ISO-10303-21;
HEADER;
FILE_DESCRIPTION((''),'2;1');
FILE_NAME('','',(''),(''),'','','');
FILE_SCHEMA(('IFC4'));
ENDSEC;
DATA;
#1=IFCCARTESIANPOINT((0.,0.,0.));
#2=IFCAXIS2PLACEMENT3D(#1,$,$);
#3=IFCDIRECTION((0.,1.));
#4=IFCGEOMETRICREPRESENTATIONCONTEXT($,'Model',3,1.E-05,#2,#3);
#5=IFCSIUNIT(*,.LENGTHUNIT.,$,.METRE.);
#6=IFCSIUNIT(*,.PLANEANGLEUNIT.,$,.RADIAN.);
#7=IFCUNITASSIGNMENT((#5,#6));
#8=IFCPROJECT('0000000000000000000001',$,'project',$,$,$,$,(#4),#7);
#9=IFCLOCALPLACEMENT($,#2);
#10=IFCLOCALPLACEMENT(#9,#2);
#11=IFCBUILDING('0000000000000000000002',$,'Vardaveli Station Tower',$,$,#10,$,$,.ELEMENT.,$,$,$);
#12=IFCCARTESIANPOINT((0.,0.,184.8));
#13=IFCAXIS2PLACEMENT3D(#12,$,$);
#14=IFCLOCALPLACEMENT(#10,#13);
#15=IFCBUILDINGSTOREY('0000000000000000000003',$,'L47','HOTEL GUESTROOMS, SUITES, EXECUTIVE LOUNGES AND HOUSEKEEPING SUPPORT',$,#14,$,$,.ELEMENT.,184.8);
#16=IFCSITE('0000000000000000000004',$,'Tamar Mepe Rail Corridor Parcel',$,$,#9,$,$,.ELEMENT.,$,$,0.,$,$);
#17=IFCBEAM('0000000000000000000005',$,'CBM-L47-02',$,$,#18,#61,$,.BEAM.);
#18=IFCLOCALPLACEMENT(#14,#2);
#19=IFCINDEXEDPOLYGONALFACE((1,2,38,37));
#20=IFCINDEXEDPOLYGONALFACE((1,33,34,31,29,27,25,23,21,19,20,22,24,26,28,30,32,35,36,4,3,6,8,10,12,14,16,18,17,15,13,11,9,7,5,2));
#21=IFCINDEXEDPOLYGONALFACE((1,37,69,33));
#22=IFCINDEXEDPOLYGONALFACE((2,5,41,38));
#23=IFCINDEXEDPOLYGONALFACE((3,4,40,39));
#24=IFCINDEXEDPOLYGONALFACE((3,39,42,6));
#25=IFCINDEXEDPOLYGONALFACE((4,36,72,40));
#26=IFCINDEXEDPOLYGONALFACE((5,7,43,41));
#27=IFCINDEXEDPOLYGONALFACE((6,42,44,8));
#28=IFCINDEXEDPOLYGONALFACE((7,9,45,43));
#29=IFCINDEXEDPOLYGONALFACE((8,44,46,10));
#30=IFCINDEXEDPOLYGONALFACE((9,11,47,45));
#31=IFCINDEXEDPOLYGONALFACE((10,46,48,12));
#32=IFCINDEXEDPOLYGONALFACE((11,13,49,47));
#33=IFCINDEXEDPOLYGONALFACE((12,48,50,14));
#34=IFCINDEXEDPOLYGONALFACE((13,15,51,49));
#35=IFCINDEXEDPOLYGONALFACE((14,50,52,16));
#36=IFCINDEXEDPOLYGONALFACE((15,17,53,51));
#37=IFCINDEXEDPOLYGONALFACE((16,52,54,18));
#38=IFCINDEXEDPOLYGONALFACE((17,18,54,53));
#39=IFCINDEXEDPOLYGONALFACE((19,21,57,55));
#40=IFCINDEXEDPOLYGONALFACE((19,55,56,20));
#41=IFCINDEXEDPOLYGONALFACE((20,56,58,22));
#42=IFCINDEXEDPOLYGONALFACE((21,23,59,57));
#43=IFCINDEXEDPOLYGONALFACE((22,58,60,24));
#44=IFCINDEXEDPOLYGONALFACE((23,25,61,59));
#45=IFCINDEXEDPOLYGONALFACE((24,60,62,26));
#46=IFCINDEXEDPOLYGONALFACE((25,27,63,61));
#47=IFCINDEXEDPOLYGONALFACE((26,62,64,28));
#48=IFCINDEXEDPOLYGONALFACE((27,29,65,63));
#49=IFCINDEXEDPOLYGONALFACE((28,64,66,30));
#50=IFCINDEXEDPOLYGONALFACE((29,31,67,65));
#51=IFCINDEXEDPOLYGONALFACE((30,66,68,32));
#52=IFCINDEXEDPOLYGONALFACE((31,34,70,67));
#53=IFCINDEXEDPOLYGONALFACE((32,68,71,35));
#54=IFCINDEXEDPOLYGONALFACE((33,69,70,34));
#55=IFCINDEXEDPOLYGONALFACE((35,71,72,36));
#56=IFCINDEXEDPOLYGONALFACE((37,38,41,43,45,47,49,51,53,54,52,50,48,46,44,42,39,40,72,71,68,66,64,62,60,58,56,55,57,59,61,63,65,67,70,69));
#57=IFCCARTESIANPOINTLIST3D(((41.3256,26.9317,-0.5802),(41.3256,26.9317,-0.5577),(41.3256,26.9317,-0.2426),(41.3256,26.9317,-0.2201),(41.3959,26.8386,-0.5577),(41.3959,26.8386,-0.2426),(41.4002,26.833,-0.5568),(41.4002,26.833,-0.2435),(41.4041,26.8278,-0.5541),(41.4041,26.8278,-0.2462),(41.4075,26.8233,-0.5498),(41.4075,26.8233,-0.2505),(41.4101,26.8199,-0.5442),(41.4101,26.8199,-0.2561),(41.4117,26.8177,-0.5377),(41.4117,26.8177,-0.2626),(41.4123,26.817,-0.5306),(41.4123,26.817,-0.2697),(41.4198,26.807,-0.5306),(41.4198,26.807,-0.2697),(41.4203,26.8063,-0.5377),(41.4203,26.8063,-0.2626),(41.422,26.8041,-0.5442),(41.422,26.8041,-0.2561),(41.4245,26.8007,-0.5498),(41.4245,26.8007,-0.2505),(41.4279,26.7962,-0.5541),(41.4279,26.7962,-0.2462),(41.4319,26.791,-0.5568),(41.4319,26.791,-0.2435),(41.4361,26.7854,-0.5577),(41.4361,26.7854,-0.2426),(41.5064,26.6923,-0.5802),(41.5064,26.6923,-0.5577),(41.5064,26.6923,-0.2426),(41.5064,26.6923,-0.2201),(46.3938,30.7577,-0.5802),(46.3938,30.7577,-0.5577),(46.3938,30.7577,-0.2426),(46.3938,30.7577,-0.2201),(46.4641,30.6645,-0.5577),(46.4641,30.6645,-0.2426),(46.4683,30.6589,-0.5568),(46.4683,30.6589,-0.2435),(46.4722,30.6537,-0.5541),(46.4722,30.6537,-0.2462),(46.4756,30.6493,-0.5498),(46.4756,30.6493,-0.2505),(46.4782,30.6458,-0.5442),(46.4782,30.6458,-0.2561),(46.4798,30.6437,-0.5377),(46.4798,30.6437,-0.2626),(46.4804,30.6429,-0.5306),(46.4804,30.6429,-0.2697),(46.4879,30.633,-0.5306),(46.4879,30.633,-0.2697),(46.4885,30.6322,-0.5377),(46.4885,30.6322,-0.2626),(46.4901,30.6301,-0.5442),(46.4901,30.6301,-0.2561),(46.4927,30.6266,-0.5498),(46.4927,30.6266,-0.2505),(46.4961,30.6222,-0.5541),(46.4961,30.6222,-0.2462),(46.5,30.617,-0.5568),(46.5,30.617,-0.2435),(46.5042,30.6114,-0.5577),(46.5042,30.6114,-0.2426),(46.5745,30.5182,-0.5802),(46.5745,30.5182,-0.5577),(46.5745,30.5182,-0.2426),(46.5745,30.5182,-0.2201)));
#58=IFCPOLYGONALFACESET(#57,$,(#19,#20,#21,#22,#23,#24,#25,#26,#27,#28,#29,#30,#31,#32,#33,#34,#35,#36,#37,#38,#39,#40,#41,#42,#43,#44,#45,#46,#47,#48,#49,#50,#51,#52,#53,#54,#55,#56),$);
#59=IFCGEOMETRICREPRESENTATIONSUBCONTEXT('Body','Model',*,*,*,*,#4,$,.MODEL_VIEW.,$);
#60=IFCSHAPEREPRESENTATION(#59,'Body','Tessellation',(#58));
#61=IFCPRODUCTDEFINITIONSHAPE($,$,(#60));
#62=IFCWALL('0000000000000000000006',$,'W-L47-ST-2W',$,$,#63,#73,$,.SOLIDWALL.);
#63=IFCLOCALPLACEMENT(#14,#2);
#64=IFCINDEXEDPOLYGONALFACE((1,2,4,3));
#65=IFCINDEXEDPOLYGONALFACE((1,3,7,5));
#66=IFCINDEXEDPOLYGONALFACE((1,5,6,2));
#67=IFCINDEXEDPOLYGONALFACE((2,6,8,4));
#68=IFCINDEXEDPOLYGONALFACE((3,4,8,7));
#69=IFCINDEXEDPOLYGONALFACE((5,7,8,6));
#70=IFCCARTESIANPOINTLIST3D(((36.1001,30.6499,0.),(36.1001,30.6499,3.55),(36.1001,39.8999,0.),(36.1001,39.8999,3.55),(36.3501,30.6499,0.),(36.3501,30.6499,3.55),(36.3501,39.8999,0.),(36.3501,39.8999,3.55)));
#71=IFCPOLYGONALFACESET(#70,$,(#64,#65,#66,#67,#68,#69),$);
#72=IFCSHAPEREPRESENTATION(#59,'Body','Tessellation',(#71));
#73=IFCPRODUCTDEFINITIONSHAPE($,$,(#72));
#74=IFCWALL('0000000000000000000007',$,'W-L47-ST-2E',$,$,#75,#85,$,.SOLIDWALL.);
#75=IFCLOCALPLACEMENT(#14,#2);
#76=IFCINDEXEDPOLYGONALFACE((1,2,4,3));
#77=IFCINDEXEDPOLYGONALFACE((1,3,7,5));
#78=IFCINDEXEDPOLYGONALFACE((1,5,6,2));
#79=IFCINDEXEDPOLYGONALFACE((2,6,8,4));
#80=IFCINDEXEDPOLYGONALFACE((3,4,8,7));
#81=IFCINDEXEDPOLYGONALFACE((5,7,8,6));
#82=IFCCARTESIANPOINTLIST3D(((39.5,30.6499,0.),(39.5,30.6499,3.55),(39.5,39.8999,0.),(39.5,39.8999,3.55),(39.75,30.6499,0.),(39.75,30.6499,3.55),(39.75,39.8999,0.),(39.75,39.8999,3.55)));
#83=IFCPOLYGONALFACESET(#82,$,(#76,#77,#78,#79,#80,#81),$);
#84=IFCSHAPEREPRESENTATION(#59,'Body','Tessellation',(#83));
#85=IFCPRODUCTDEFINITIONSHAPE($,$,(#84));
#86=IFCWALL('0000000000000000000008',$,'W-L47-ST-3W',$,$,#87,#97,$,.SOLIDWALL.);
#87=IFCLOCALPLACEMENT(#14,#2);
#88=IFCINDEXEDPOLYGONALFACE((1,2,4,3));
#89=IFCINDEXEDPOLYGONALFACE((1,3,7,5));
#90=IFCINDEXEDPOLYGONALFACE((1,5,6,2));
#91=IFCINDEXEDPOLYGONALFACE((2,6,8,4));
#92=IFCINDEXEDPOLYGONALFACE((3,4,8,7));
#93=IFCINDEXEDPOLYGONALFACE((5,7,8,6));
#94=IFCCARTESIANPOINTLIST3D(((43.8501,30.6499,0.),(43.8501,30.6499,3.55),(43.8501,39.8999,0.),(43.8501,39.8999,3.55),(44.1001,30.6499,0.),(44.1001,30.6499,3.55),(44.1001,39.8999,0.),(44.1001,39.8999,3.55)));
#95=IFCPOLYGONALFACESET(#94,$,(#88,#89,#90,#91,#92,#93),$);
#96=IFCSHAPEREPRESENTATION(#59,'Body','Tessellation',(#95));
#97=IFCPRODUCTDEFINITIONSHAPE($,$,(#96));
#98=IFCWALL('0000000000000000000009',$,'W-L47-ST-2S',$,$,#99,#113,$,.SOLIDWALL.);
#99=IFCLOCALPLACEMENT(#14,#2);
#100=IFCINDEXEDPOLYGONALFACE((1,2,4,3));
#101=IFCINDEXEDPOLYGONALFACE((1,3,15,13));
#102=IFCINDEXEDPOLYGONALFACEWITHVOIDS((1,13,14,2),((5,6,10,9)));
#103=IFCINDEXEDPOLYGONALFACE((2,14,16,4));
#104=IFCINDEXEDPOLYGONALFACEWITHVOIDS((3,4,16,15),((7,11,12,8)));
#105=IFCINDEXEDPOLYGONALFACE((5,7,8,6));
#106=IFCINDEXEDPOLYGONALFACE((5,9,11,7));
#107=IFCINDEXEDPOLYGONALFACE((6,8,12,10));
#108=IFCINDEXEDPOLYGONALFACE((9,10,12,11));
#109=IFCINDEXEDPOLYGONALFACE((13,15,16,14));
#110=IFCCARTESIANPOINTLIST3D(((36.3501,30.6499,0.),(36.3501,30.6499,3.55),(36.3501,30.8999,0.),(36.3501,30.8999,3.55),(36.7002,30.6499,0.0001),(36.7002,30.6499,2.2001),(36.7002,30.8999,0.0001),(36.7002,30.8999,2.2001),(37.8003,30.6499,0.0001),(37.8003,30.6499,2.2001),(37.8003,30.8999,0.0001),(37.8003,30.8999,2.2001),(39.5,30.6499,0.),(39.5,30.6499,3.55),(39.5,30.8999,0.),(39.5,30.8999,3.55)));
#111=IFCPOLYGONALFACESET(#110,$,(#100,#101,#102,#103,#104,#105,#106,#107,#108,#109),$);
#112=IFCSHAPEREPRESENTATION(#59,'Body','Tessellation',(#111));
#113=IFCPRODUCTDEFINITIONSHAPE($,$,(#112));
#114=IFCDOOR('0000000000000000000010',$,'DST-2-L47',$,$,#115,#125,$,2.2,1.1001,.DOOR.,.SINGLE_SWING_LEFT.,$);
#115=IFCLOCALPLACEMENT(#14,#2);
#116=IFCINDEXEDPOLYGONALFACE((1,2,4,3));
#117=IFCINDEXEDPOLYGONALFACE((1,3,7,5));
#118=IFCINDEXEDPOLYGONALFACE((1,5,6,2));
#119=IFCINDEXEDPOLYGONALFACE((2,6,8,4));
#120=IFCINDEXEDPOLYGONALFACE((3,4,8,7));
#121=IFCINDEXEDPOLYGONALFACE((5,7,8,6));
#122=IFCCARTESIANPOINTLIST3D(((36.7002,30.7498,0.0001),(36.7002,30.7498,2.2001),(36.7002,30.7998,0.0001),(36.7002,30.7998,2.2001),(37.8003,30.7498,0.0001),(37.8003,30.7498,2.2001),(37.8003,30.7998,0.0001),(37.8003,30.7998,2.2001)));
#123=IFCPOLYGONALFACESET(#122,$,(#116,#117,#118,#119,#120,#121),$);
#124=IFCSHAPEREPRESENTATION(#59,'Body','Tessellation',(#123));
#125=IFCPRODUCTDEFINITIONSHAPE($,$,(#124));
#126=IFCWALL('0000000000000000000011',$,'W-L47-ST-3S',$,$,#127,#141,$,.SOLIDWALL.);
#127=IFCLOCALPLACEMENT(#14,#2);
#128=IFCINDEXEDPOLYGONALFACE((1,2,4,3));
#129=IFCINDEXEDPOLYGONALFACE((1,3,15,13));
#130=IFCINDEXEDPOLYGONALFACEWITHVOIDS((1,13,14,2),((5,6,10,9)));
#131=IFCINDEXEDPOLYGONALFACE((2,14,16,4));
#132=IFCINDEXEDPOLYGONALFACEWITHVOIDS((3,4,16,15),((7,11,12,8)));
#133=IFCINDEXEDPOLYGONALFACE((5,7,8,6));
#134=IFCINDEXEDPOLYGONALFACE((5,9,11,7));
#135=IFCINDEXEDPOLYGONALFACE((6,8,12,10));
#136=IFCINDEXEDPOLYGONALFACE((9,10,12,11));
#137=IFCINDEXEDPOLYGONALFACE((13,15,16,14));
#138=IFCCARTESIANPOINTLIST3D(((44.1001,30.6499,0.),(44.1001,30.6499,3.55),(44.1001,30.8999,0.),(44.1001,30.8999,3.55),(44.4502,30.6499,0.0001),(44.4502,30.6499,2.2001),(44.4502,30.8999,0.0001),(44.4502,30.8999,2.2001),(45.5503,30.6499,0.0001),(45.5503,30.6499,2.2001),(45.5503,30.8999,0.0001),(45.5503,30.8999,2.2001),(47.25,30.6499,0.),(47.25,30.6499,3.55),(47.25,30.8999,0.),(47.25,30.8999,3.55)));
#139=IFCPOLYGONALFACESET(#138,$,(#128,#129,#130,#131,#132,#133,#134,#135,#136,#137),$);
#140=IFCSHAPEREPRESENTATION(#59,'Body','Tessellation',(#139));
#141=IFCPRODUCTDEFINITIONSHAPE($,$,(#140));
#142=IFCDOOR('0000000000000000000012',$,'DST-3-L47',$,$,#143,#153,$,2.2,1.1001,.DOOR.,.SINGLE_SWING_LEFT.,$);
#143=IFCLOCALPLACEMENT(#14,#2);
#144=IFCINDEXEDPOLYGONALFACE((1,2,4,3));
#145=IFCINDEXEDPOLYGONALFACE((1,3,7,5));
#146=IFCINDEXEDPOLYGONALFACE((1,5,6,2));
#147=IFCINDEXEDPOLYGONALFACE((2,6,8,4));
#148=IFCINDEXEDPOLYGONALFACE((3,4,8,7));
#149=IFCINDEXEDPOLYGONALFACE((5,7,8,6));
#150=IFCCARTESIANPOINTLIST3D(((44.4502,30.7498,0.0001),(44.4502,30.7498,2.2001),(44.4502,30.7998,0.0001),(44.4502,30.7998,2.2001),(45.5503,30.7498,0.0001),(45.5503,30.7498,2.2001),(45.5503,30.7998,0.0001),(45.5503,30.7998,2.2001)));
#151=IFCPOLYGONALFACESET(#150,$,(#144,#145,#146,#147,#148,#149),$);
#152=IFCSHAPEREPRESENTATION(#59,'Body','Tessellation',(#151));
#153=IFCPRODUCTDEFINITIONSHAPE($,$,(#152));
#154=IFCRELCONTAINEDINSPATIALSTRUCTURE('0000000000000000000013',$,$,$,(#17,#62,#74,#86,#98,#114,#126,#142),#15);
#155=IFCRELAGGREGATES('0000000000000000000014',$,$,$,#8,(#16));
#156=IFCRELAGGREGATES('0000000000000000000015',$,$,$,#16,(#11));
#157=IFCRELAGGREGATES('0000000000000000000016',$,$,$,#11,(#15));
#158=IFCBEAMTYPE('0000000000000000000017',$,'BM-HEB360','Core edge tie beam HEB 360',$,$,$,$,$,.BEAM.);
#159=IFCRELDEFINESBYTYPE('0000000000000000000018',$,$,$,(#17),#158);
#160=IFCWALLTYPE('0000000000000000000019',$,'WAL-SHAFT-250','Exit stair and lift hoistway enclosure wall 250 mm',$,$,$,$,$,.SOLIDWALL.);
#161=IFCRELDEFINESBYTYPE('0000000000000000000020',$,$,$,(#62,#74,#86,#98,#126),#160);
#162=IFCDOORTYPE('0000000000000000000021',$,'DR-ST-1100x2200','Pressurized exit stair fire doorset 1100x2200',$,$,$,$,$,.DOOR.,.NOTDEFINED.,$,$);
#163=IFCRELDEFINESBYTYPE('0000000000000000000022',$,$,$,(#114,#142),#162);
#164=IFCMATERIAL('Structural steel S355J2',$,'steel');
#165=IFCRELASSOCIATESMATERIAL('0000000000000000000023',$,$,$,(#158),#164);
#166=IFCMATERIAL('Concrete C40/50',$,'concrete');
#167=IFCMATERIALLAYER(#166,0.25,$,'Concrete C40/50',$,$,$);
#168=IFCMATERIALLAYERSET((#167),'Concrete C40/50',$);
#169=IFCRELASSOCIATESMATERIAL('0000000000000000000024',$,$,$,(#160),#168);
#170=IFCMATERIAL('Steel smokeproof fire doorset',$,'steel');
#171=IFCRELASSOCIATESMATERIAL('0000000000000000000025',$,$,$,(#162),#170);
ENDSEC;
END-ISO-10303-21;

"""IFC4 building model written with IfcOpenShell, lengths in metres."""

from ifc_helpers import new_model, si_unit, direction, frame, frame_2d, origin, origin_2d, place, context, subcontext, project, spatial, rectangle, i_section, extrude, source, transform, mapped, material, layer, layer_set, material_profile, profile_set, type_object, element, fill, save


model = new_model("IFC4")

# Units and contexts
model_context = context("Model", 3, precision=1e-05, world=origin(), true_north=direction((0.0, 1.0)))
body_context = subcontext(model_context, "Body", "Model", "MODEL_VIEW")
ifc_project = project(units=[si_unit("LENGTHUNIT", "METRE"), si_unit("PLANEANGLEUNIT", "RADIAN")], contexts=[model_context])

# Site, building, storey
site_placement = place(None, origin())
site = spatial("IfcSite", under=ifc_project, at=site_placement, Name="Tamar Mepe Rail Corridor Parcel", CompositionType="ELEMENT", RefElevation=0.0)
building_placement = place(site_placement, origin())
building = spatial("IfcBuilding", under=site, at=building_placement, Name="Vardaveli Station Tower", CompositionType="ELEMENT")
storey_placement = place(building_placement, frame((0.0, 0.0, 184.8)))
storey = spatial("IfcBuildingStorey", under=building, at=storey_placement, Name="L47", Description="HOTEL GUESTROOMS, SUITES, EXECUTIVE LOUNGES AND HOUSEKEEPING SUPPORT", CompositionType="ELEMENT", Elevation=184.8)

# Beam
ifc_material_1 = material(Name="Structural steel S355J2", Category="steel")
ifc_material_profile = material_profile(ifc_material_1, i_section(OverallWidth=0.3, OverallDepth=0.3601, WebThickness=0.0125, FlangeThickness=0.0225, FilletRadius=0.0271, at=origin_2d()), Name="HEB 360")
ifc_profile_set = profile_set([ifc_material_profile], Name="Structural steel S355J2")
beam_type = type_object("IfcBeamType", Name="BM-HEB360", Description="Core edge tie beam HEB 360", PredefinedType="BEAM", material=ifc_profile_set)
shared_shape_1 = source(origin(), body_context, "Body", "SweptSolid", [
    extrude(i_section(OverallWidth=0.3, OverallDepth=0.3601, WebThickness=0.0125, FlangeThickness=0.0225, FilletRadius=0.0271, at=origin_2d()), origin(), (0.0, 0.0, 1.0), 6.3501),
])
beam_placement = place(storey_placement, frame((41.416, 26.812, -0.4001), z_axis=(0.798118, 0.602501, 0.0), x_axis=(-0.602501, 0.798118, 0.0)))
element("IfcBeam", 1, at=beam_placement, inside=storey, type_object=beam_type, Name="CBM-L47-02", PredefinedType="BEAM", context=body_context, shape_type="MappedRepresentation", body=[
    mapped(shared_shape_1, transform((0.0, 0.0, 0.0), scale=1.0)),
])

# Walls
ifc_material_2 = material(Name="Concrete C40/50", Category="concrete")
ifc_layer_1 = layer(ifc_material_2, 0.25, Name="Concrete C40/50")
ifc_layer_set_1 = layer_set([ifc_layer_1], Name="Concrete C40/50")
wall_type_1 = type_object("IfcWallType", Name="WAL-SHAFT-250", Description="Exit stair and lift hoistway enclosure wall 250 mm", PredefinedType="SOLIDWALL", material=ifc_layer_set_1)
shared_shape_2 = source(origin(), body_context, "Body", "SweptSolid", [
    extrude(rectangle(XDim=9.25, YDim=0.25, at=frame_2d((4.625, 0.0))), origin(), (0.0, 0.0, 1.0), 3.55),
])
for number, where, z_axis, x_axis, name in (
    (2, (36.2251, 30.6499, 0.0), (0.0, 0.0, 1.0), (0.0, 1.0, 0.0), "W-L47-ST-2W"),
    (3, (39.625, 30.6499, 0.0), (0.0, 0.0, 1.0), (0.0, 1.0, 0.0), "W-L47-ST-2E"),
    (4, (43.9751, 30.6499, 0.0), (0.0, 0.0, 1.0), (0.0, 1.0, 0.0), "W-L47-ST-3W"),
):
    element("IfcWall", number, at=place(storey_placement, frame(where, z_axis=z_axis, x_axis=x_axis)), inside=storey, type_object=wall_type_1, Name=name, PredefinedType="SOLIDWALL", context=body_context, shape_type="MappedRepresentation", body=[
        mapped(shared_shape_2, transform((0.0, 0.0, 0.0), scale=1.0)),
    ])

# Walls, openings, doors
shared_shape_3 = source(origin(), body_context, "Body", "SweptSolid", [
    extrude(rectangle(XDim=3.1499, YDim=0.25, at=frame_2d((1.575, 0.0))), origin(), (0.0, 0.0, 1.0), 3.55),
])
wall_1_placement = place(storey_placement, frame((36.3501, 30.7749, 0.0), z_axis=(0.0, 0.0, 1.0), x_axis=(1.0, 0.0, 0.0)))
wall_1 = element("IfcWall", 5, at=wall_1_placement, inside=storey, type_object=wall_type_1, Name="W-L47-ST-2S", PredefinedType="SOLIDWALL", context=body_context, shape_type="MappedRepresentation", body=[
    mapped(shared_shape_3, transform((0.0, 0.0, 0.0), scale=1.0)),
])
shared_shape_4 = source(origin(), body_context, "Body", "SweptSolid", [
    extrude(rectangle(XDim=1.1001, YDim=2.2, at=frame_2d((0.55, 1.1001))), frame((0.0, 0.135, 0.0), z_axis=(0.0, -1.0, 0.0), x_axis=(1.0, 0.0, 0.0)), (0.0, 0.0, 1.0), 0.27),
])
opening_1_placement = place(wall_1_placement, frame((0.3501, 0.0, 0.0)))
opening_1 = element("IfcOpeningElement", 6, at=opening_1_placement, cuts=wall_1, PredefinedType="OPENING", context=body_context, shape_type="MappedRepresentation", body=[
    mapped(shared_shape_4, transform((0.0, 0.0, 0.0), scale=1.0)),
])
ifc_material_3 = material(Name="Steel smokeproof fire doorset", Category="steel")
door_type_1 = type_object("IfcDoorType", Name="DR-ST-1100x2200", Description="Pressurized exit stair fire doorset 1100x2200", OperationType="NOTDEFINED", PredefinedType="DOOR", material=ifc_material_3)
shared_shape_5 = source(origin(), body_context, "Body", "SweptSolid", [
    extrude(rectangle(XDim=1.1001, YDim=2.2, at=frame_2d((0.55, 1.1001))), frame((0.0, 0.0249, 0.0), z_axis=(0.0, -1.0, 0.0), x_axis=(1.0, 0.0, 0.0)), (0.0, 0.0, 1.0), 0.05),
])
door_1_placement = place(opening_1_placement, origin())
door_1 = element("IfcDoor", 7, at=door_1_placement, inside=storey, type_object=door_type_1, Name="DST-2-L47", OperationType="SINGLE_SWING_LEFT", OverallHeight=2.2, OverallWidth=1.1001, PredefinedType="DOOR", context=body_context, shape_type="MappedRepresentation", body=[
    mapped(shared_shape_5, transform((0.0, 0.0, 0.0), scale=1.0)),
])
fill(opening_1, door_1)
wall_2_placement = place(storey_placement, frame((44.1001, 30.7749, 0.0), z_axis=(0.0, 0.0, 1.0), x_axis=(1.0, 0.0, 0.0)))
wall_2 = element("IfcWall", 8, at=wall_2_placement, inside=storey, type_object=wall_type_1, Name="W-L47-ST-3S", PredefinedType="SOLIDWALL", context=body_context, shape_type="MappedRepresentation", body=[
    mapped(shared_shape_3, transform((0.0, 0.0, 0.0), scale=1.0)),
])
opening_2_placement = place(wall_2_placement, frame((0.3501, 0.0, 0.0)))
opening_2 = element("IfcOpeningElement", 9, at=opening_2_placement, cuts=wall_2, PredefinedType="OPENING", context=body_context, shape_type="MappedRepresentation", body=[
    mapped(shared_shape_4, transform((0.0, 0.0, 0.0), scale=1.0)),
])
door_2_placement = place(opening_2_placement, origin())
door_2 = element("IfcDoor", 10, at=door_2_placement, inside=storey, type_object=door_type_1, Name="DST-3-L47", OperationType="SINGLE_SWING_LEFT", OverallHeight=2.2, OverallWidth=1.1001, PredefinedType="DOOR", context=body_context, shape_type="MappedRepresentation", body=[
    mapped(shared_shape_5, transform((0.0, 0.0, 0.0), scale=1.0)),
])
fill(opening_2, door_2)

save(model, "model.ifc")
